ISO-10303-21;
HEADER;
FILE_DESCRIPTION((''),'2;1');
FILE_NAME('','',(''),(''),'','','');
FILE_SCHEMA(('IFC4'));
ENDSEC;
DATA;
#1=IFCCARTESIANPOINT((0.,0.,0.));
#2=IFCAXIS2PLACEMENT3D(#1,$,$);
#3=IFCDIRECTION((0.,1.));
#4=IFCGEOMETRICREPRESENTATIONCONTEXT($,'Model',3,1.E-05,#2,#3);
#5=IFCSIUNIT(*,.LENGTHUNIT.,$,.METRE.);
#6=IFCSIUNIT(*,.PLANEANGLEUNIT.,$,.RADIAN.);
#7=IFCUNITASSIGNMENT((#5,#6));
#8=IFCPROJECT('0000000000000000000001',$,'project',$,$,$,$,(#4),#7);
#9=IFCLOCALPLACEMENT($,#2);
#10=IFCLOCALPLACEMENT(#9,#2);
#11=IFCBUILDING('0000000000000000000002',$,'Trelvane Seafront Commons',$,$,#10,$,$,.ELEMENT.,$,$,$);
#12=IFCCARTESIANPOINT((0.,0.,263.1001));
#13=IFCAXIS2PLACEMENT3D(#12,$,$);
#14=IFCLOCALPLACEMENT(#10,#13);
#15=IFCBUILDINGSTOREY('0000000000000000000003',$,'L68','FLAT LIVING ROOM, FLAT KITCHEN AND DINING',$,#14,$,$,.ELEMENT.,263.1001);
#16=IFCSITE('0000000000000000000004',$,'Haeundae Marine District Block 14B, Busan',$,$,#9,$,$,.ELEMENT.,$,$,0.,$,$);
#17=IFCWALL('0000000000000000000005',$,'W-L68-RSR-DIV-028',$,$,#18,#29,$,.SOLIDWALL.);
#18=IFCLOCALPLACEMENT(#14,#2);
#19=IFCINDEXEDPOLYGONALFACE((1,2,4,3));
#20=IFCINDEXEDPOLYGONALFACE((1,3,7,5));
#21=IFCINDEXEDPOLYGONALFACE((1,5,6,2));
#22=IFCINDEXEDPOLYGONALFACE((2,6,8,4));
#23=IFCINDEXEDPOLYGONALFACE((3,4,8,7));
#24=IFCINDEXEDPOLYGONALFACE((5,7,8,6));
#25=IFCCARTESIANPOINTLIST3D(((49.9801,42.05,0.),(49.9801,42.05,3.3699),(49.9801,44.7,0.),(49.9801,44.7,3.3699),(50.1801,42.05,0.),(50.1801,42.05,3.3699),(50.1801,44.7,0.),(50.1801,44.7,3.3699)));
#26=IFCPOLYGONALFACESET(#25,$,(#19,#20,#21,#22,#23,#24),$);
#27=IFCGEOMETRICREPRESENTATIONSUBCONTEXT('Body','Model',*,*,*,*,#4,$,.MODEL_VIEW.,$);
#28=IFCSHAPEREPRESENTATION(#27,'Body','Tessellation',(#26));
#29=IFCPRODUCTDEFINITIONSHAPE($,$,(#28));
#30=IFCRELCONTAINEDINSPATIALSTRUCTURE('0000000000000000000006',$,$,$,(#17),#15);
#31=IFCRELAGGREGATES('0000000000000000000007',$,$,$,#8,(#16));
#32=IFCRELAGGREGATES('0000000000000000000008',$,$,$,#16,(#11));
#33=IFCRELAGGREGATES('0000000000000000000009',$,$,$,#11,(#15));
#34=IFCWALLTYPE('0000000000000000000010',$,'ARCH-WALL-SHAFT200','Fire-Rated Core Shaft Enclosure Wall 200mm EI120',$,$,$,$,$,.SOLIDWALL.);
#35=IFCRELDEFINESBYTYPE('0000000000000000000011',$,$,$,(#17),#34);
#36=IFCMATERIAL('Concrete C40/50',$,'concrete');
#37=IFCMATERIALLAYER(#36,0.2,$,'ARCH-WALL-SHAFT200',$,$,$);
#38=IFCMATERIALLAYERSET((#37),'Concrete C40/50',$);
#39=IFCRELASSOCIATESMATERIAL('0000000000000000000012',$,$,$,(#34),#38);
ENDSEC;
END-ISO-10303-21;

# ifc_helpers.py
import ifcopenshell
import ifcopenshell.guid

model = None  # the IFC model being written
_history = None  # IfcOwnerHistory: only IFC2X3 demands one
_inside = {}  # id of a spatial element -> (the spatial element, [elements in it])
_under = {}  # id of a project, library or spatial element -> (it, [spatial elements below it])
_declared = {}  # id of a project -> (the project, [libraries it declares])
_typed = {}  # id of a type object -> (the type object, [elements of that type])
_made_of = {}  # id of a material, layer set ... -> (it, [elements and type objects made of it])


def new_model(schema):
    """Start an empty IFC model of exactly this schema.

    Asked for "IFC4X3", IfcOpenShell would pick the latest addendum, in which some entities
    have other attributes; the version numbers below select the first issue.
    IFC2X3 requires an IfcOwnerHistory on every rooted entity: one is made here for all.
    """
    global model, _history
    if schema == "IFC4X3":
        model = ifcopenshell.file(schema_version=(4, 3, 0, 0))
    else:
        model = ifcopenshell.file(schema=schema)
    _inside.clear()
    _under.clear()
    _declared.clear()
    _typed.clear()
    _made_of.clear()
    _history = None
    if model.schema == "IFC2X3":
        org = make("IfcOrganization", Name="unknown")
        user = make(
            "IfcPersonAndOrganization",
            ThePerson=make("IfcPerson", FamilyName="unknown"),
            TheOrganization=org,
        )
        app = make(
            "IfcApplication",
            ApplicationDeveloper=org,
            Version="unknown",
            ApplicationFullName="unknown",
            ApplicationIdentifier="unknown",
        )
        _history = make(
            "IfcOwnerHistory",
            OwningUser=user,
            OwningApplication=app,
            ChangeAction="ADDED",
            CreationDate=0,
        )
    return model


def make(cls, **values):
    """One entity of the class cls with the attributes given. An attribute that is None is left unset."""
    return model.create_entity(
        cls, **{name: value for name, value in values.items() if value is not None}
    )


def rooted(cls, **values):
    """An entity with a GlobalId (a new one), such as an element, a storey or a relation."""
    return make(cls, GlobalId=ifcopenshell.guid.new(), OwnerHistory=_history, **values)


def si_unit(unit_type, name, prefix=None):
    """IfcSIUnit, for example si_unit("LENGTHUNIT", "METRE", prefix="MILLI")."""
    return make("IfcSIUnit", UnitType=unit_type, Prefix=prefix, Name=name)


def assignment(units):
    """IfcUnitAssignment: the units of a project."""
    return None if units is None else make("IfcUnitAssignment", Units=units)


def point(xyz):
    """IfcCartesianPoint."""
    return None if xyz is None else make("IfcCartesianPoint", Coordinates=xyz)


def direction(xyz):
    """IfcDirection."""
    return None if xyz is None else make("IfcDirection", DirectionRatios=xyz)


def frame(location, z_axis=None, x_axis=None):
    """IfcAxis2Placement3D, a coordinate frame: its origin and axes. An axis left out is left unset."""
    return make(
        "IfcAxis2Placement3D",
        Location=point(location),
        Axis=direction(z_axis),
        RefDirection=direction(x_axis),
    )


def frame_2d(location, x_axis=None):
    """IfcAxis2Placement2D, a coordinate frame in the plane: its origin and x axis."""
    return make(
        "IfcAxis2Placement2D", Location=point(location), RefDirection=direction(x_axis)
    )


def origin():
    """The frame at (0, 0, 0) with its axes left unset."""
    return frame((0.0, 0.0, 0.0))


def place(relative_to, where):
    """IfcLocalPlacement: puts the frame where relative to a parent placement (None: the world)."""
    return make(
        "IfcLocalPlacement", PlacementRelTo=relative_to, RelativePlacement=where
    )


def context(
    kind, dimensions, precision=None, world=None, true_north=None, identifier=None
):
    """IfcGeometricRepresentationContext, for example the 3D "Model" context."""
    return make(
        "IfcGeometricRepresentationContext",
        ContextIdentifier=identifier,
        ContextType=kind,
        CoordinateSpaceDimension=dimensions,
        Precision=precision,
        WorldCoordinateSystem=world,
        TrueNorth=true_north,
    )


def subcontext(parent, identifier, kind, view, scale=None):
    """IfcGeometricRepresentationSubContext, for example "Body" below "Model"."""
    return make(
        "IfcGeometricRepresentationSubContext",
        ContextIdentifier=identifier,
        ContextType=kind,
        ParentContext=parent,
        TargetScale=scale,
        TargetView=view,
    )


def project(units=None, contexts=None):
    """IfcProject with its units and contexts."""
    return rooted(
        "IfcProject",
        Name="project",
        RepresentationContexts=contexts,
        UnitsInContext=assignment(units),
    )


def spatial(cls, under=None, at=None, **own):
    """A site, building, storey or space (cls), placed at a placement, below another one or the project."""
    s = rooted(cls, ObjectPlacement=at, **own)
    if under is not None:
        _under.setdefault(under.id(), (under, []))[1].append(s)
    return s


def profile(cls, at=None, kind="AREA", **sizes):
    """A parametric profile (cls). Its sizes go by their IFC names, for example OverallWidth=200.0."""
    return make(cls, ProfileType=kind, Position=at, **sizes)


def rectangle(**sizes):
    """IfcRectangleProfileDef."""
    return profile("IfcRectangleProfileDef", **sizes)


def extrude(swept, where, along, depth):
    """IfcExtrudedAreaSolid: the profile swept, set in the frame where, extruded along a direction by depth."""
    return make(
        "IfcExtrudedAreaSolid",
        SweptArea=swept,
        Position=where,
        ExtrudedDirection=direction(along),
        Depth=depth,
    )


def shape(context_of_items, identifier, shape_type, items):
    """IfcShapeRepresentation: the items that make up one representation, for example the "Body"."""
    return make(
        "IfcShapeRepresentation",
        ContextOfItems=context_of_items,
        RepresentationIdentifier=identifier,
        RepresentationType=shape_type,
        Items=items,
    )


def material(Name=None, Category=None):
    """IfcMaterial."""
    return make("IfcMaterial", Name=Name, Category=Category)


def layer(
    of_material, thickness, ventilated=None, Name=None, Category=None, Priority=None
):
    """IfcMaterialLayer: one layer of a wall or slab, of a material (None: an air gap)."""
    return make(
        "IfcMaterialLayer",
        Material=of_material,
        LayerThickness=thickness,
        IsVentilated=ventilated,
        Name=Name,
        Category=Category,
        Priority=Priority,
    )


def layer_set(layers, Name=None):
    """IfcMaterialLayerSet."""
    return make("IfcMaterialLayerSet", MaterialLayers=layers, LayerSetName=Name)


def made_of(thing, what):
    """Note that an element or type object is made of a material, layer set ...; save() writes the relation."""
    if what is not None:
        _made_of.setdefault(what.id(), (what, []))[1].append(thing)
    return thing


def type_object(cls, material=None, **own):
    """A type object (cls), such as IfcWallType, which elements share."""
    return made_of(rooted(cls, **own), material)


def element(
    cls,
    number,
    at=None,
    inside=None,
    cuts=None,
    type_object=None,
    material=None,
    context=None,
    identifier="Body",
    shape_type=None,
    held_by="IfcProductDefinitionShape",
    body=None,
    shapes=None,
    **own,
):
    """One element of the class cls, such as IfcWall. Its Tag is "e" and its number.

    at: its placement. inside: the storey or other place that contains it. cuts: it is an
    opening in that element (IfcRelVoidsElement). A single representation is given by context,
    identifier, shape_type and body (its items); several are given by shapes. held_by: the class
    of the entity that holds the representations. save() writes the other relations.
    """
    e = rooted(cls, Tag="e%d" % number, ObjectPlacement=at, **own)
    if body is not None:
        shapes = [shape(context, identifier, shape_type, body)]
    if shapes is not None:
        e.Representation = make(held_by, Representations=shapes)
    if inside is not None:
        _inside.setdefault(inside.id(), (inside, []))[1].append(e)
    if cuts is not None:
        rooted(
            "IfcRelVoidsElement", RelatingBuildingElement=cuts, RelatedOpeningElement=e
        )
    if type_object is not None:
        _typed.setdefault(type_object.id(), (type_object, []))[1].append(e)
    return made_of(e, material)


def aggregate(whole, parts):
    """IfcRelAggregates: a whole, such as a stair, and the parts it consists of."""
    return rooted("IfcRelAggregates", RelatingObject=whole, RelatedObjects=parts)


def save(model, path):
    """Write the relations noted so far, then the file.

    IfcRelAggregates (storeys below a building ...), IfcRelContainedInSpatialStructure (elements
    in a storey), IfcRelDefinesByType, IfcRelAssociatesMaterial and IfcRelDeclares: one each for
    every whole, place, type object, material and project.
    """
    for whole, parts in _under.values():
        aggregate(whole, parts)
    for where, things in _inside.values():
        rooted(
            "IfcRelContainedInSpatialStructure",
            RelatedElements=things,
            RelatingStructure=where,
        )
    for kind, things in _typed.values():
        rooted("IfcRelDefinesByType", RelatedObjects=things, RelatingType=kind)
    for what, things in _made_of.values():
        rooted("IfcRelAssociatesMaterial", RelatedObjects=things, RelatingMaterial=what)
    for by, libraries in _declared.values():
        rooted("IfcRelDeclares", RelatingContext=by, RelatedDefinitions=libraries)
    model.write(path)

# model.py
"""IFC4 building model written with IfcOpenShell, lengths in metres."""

from ifc_helpers import new_model, si_unit, direction, frame, frame_2d, origin, place, context, subcontext, project, spatial, rectangle, extrude, material, layer, layer_set, type_object, element, save


model = new_model("IFC4")

# Units and contexts
model_context = context("Model", 3, precision=1e-05, world=origin(), true_north=direction((0.0, 1.0)))
body_context = subcontext(model_context, "Body", "Model", "MODEL_VIEW")
ifc_project = project(units=[si_unit("LENGTHUNIT", "METRE"), si_unit("PLANEANGLEUNIT", "RADIAN")], contexts=[model_context])

# Site, building, storey
site_placement = place(None, origin())
site = spatial("IfcSite", under=ifc_project, at=site_placement, Name="Haeundae Marine District Block 14B, Busan", CompositionType="ELEMENT", RefElevation=0.0)
building_placement = place(site_placement, origin())
building = spatial("IfcBuilding", under=site, at=building_placement, Name="Trelvane Seafront Commons", CompositionType="ELEMENT")
storey_placement = place(building_placement, frame((0.0, 0.0, 263.1001)))
storey = spatial("IfcBuildingStorey", under=building, at=storey_placement, Name="L68", Description="FLAT LIVING ROOM, FLAT KITCHEN AND DINING", CompositionType="ELEMENT", Elevation=263.1001)

# Shared definitions
ifc_material_1 = material(Name="Concrete C40/50", Category="concrete")
ifc_layer_1 = layer(ifc_material_1, 0.2, Name="ARCH-WALL-SHAFT200")
ifc_layer_set_1 = layer_set([ifc_layer_1], Name="Concrete C40/50")
wall_type_1 = type_object("IfcWallType", Name="ARCH-WALL-SHAFT200", Description="Fire-Rated Core Shaft Enclosure Wall 200mm EI120", PredefinedType="SOLIDWALL", material=ifc_layer_set_1)

# Wall
wall_1_placement = place(storey_placement, frame((50.0801, 42.05, 0.0), z_axis=(0.0, 0.0, 1.0), x_axis=(0.0, 1.0, 0.0)))
element("IfcWall", 1, at=wall_1_placement, inside=storey, type_object=wall_type_1, Name="W-L68-RSR-DIV-028", PredefinedType="SOLIDWALL", context=body_context, shape_type="SweptSolid", body=[
    extrude(rectangle(XDim=2.6499, YDim=0.2, at=frame_2d((1.325, 0.0))), origin(), (0.0, 0.0, 1.0), 3.3699),
])

save(model, "model.ifc")
